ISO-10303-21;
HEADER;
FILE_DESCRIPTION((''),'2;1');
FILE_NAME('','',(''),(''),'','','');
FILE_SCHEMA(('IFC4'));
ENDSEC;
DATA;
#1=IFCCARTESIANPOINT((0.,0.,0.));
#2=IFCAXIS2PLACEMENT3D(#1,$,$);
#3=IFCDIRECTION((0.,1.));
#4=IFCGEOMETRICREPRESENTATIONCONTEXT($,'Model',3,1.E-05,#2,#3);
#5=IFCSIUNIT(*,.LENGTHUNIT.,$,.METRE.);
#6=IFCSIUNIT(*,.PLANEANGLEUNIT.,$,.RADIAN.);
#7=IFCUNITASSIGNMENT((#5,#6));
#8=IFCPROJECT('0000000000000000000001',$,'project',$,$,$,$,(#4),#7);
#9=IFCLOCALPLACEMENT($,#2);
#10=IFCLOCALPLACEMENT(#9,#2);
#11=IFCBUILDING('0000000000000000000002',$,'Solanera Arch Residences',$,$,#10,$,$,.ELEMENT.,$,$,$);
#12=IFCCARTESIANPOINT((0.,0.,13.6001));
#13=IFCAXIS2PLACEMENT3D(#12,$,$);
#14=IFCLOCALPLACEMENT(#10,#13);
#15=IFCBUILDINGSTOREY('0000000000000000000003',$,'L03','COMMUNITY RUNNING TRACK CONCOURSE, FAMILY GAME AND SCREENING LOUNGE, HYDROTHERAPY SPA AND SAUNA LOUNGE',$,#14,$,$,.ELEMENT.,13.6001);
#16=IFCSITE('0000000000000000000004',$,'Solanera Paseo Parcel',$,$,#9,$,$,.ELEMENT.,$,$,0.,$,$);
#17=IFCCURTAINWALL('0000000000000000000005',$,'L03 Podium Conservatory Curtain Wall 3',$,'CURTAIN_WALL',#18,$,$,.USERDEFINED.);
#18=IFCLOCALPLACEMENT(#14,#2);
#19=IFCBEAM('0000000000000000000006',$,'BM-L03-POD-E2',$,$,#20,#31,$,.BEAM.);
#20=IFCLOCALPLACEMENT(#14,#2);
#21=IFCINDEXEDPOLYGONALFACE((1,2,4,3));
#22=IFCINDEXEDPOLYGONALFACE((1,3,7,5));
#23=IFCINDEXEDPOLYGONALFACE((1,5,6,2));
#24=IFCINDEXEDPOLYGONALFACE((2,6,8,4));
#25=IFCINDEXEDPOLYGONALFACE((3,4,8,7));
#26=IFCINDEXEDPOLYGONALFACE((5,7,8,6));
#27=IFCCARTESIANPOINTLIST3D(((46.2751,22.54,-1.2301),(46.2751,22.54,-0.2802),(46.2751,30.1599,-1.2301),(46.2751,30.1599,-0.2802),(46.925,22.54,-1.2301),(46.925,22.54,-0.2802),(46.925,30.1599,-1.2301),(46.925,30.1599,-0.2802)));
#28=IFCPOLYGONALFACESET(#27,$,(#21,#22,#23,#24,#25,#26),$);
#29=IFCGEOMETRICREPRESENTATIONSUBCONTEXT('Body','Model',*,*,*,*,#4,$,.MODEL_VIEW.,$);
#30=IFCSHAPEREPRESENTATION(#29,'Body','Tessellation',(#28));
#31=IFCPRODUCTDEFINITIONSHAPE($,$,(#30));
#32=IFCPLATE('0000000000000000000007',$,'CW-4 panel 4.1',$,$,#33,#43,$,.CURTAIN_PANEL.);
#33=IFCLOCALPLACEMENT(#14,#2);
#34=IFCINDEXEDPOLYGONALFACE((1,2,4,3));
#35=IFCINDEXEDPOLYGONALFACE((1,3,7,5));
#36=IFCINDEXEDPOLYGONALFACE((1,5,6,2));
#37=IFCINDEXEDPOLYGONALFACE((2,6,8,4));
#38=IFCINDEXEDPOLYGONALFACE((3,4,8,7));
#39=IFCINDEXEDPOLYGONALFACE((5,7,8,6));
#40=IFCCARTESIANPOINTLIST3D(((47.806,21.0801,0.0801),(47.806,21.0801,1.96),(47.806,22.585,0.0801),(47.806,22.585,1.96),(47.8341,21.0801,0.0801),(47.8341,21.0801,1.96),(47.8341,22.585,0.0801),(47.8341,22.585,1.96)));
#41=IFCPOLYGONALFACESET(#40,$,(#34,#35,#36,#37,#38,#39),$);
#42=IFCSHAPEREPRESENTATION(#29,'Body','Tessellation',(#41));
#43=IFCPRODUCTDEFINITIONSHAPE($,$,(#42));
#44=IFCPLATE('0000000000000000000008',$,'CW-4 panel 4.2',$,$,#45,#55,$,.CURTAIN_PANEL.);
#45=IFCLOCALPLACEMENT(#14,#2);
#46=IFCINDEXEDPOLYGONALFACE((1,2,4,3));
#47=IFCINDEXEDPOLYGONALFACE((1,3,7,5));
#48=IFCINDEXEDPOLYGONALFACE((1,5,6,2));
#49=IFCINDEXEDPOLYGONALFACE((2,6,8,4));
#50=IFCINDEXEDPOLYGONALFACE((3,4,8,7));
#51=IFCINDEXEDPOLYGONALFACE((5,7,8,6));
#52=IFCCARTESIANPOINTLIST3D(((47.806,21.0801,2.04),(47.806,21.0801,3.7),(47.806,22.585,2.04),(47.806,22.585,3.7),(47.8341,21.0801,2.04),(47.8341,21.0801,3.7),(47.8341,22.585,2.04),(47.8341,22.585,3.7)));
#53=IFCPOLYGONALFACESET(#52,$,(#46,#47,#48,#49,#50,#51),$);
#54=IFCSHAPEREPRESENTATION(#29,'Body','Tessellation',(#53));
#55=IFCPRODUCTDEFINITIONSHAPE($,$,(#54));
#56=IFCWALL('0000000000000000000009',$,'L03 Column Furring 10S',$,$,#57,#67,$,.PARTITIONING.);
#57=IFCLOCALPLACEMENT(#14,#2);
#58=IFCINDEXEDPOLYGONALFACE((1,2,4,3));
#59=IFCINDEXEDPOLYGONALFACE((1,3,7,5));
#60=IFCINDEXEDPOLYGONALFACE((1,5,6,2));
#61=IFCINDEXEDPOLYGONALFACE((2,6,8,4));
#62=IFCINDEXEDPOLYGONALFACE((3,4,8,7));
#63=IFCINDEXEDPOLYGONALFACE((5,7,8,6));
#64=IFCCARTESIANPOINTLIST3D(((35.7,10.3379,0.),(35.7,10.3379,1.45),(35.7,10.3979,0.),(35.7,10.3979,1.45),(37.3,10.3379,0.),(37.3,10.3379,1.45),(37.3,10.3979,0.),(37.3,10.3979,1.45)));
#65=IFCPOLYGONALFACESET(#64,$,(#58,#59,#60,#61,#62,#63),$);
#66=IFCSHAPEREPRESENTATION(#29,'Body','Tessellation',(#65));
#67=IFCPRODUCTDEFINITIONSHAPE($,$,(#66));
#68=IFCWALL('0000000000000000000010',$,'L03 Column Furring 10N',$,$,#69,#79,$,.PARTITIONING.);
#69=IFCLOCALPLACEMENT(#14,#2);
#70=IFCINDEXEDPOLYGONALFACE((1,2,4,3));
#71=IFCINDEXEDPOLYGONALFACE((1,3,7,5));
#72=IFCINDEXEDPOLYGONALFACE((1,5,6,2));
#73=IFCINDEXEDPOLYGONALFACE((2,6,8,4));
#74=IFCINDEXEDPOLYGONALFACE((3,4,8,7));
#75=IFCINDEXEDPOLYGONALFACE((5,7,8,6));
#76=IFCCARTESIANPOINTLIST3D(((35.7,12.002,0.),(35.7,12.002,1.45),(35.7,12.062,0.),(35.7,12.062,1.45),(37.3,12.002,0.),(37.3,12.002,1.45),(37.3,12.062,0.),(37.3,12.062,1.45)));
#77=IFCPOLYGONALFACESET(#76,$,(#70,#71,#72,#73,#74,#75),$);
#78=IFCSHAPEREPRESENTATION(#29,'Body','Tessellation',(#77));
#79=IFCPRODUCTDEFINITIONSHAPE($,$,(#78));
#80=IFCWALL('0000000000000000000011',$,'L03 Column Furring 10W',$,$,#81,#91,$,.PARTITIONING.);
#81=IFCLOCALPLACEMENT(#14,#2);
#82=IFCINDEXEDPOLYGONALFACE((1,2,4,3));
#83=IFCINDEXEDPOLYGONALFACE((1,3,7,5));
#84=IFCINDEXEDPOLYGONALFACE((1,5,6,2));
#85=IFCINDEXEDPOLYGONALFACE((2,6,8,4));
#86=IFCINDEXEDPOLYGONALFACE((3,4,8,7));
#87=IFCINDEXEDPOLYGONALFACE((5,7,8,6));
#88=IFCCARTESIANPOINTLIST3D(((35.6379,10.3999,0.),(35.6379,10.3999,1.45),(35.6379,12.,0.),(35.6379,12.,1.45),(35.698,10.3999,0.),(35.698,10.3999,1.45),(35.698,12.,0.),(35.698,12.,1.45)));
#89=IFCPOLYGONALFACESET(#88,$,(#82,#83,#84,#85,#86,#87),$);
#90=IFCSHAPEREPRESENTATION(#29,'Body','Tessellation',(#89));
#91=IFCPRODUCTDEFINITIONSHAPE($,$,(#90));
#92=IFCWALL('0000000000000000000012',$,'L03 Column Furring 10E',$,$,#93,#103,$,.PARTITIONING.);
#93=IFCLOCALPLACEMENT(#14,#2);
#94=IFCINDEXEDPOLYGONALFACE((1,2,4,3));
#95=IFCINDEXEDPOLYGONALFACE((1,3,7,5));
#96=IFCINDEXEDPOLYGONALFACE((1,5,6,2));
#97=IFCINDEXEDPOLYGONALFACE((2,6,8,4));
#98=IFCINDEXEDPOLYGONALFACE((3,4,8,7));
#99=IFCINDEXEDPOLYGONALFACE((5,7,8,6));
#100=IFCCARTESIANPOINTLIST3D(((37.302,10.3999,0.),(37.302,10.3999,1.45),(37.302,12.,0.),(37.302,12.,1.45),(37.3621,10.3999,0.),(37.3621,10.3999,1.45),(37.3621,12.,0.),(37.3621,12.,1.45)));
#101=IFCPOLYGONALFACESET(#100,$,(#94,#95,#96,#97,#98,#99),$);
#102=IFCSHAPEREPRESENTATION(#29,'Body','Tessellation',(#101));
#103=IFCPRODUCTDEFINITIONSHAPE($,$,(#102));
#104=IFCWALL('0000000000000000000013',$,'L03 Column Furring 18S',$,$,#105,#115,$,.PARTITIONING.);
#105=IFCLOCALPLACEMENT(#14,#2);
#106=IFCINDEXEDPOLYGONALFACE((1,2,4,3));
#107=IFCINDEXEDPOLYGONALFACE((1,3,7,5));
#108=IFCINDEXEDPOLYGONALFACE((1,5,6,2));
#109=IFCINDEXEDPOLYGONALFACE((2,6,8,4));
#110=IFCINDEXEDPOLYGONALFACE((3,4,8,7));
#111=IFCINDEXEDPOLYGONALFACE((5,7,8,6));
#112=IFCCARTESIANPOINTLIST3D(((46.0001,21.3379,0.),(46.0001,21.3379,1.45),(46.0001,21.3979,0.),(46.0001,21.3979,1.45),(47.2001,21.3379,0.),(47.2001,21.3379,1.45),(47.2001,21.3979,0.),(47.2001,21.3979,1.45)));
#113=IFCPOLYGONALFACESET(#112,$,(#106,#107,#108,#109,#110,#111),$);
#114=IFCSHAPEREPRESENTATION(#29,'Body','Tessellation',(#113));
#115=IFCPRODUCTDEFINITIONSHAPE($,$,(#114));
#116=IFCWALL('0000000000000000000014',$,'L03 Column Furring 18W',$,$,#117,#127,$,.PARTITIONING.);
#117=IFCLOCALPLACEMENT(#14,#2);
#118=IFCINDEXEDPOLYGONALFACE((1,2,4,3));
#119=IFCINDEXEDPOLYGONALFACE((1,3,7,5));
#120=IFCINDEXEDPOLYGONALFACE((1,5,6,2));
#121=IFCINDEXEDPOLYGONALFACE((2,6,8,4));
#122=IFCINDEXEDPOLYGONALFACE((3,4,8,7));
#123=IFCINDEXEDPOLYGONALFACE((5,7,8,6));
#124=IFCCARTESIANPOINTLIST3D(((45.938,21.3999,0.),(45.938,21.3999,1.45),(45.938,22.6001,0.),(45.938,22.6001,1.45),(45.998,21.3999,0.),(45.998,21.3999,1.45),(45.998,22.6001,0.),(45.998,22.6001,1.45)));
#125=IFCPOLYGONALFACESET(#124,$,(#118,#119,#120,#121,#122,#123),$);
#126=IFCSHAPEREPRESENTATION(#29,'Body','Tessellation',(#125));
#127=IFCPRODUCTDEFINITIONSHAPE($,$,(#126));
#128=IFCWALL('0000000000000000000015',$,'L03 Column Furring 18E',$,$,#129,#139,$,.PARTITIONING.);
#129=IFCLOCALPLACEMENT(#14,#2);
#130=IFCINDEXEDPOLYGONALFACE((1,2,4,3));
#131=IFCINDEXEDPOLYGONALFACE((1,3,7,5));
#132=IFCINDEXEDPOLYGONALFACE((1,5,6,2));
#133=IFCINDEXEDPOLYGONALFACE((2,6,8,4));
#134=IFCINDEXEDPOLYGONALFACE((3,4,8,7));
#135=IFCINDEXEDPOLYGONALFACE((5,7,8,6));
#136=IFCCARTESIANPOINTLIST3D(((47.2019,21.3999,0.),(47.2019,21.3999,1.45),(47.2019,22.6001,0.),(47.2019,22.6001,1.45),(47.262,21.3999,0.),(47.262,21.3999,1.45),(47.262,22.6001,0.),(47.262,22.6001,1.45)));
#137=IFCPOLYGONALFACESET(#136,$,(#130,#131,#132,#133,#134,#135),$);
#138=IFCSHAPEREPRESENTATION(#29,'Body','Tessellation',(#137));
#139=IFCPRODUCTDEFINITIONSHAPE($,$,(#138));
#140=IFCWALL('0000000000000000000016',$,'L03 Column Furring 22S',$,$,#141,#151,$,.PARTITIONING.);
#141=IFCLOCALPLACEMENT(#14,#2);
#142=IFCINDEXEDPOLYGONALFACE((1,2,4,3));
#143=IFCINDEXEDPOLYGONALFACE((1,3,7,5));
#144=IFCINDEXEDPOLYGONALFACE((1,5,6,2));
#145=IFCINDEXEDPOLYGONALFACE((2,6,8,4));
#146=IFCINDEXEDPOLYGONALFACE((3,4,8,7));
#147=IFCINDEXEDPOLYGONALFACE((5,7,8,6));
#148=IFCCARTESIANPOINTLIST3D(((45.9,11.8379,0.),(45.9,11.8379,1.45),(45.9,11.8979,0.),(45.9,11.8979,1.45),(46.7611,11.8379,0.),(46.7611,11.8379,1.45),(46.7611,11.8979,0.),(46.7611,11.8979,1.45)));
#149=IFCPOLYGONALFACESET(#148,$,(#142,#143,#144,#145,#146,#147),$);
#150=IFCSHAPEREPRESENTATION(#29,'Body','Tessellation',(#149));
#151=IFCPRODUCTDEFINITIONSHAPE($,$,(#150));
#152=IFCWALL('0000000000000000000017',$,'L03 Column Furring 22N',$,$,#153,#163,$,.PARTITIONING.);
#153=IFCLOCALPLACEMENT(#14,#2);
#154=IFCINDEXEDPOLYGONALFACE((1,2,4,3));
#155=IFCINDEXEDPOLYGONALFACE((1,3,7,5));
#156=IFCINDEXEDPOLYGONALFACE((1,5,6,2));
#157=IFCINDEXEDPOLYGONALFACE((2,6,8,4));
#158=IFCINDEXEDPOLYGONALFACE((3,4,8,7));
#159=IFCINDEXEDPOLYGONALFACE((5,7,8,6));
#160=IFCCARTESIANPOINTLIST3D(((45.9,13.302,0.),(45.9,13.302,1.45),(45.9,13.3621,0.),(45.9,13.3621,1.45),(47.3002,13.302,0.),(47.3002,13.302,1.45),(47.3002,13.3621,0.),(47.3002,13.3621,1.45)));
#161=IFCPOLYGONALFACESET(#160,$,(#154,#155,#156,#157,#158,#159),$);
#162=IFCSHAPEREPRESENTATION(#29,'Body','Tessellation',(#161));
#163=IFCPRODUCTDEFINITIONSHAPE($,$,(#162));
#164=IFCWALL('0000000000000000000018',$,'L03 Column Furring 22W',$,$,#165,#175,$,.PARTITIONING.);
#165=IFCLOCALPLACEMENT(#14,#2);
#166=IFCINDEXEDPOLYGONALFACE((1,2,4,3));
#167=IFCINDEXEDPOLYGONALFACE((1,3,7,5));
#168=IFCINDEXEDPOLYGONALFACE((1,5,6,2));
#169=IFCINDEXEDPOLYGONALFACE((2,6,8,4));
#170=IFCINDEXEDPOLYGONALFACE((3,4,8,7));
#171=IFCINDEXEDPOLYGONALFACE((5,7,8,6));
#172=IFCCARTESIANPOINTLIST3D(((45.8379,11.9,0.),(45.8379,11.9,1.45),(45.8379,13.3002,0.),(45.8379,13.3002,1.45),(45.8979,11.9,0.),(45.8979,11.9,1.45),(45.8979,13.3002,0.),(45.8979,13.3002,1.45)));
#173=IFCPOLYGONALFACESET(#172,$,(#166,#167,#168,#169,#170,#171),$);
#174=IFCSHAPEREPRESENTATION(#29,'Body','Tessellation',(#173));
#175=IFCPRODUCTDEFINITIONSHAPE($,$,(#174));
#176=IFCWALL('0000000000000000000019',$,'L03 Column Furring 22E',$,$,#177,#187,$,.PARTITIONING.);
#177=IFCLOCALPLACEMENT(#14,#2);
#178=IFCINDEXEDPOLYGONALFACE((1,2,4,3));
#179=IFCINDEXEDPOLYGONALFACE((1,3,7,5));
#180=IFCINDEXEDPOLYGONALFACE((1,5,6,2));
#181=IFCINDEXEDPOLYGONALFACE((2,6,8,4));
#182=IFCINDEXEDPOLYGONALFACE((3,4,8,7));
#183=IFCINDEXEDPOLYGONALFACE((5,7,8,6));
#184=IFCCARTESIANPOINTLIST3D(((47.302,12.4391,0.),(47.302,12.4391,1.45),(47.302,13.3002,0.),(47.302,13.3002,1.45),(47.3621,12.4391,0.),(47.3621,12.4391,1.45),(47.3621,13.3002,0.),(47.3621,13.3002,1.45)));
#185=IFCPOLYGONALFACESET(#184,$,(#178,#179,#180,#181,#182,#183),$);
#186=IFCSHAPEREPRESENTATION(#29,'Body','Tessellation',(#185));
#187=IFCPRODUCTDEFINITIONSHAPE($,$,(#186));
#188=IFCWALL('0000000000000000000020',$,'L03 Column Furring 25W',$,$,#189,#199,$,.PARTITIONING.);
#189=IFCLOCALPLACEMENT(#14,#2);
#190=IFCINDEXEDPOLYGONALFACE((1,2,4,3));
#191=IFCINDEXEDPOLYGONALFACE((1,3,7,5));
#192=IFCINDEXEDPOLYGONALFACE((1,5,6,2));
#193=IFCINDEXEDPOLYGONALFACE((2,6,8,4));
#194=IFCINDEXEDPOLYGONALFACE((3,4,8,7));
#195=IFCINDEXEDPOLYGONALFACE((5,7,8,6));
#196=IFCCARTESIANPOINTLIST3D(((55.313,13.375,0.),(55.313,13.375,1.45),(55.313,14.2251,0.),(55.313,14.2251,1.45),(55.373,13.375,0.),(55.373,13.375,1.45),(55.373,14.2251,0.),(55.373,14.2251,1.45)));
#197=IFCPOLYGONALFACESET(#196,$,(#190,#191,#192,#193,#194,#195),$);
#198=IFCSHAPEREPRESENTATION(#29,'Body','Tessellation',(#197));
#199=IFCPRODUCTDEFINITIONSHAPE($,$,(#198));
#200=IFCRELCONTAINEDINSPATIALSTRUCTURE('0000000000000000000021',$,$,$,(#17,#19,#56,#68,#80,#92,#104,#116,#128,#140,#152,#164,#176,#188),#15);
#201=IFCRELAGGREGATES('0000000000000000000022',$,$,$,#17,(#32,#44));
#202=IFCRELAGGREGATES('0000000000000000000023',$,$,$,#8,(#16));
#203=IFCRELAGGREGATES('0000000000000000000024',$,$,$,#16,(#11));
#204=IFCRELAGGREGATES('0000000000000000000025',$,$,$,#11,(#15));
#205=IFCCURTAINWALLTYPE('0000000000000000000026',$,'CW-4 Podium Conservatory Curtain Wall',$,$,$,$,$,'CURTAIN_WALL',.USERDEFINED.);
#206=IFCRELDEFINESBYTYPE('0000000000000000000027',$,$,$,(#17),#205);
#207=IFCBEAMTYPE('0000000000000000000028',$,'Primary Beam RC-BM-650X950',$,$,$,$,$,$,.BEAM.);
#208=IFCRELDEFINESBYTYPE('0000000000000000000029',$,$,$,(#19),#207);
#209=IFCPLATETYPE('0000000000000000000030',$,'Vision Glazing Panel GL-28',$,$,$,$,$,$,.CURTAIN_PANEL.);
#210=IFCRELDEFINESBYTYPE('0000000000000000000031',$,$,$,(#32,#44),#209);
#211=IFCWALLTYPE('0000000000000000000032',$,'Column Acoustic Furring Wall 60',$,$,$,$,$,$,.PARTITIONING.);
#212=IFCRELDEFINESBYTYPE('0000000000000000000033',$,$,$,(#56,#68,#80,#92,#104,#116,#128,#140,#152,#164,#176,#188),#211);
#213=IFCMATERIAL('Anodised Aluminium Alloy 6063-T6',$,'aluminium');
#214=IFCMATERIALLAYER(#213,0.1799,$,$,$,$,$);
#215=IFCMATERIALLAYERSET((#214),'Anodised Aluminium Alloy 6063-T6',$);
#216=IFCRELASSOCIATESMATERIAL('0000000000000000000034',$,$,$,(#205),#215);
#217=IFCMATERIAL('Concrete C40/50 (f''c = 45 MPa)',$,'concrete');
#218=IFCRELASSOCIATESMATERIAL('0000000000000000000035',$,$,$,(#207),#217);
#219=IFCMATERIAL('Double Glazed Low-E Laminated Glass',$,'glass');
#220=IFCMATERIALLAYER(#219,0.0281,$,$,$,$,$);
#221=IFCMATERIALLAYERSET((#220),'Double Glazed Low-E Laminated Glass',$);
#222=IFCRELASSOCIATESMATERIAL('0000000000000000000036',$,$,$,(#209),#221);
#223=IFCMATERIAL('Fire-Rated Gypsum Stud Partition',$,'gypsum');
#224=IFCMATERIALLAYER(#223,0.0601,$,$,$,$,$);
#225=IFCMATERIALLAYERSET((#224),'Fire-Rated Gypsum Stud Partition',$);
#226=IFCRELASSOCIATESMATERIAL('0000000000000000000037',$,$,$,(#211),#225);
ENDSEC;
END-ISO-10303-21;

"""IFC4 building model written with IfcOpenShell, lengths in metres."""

from ifc_helpers import new_model, si_unit, direction, frame, frame_2d, origin, origin_2d, place, context, subcontext, project, spatial, rectangle, extrude, material, layer, layer_set, material_profile, profile_set, type_object, element, aggregate, save


model = new_model("IFC4")

# Units and contexts
model_context = context("Model", 3, precision=1e-05, world=origin(), true_north=direction((0.0, 1.0)))
body_context = subcontext(model_context, "Body", "Model", "MODEL_VIEW")
ifc_project = project(units=[si_unit("LENGTHUNIT", "METRE"), si_unit("PLANEANGLEUNIT", "RADIAN")], contexts=[model_context])

# Site, building, storey
site_placement = place(None, origin())
site = spatial("IfcSite", under=ifc_project, at=site_placement, Name="Solanera Paseo Parcel", CompositionType="ELEMENT", RefElevation=0.0)
building_placement = place(site_placement, origin())
building = spatial("IfcBuilding", under=site, at=building_placement, Name="Solanera Arch Residences", CompositionType="ELEMENT")
storey_placement = place(building_placement, frame((0.0, 0.0, 13.6001)))
storey = spatial("IfcBuildingStorey", under=building, at=storey_placement, Name="L03", Description="COMMUNITY RUNNING TRACK CONCOURSE, FAMILY GAME AND SCREENING LOUNGE, HYDROTHERAPY SPA AND SAUNA LOUNGE", CompositionType="ELEMENT", Elevation=13.6001)

# Curtain wall
ifc_material_1 = material(Name="Anodised Aluminium Alloy 6063-T6", Category="aluminium")
ifc_layer_1 = layer(ifc_material_1, 0.1799)
ifc_layer_set_1 = layer_set([ifc_layer_1], Name="Anodised Aluminium Alloy 6063-T6")
curtain_wall_type_1 = type_object("IfcCurtainWallType", Name="CW-4 Podium Conservatory Curtain Wall", ElementType="CURTAIN_WALL", PredefinedType="USERDEFINED", material=ifc_layer_set_1)
curtain_wall_1_placement = place(storey_placement, origin())
curtain_wall_1 = element("IfcCurtainWall", 1, at=curtain_wall_1_placement, inside=storey, type_object=curtain_wall_type_1, Name="L03 Podium Conservatory Curtain Wall 3", ObjectType="CURTAIN_WALL", PredefinedType="USERDEFINED")

# Beam
ifc_material_2 = material(Name="Concrete C40/50 (f'c = 45 MPa)", Category="concrete")
ifc_material_profile_1 = material_profile(ifc_material_2, rectangle(XDim=0.6499, YDim=0.95, at=origin_2d()))
ifc_profile_set_1 = profile_set([ifc_material_profile_1], Name="Concrete C40/50 (f'c = 45 MPa)")
beam_type = type_object("IfcBeamType", Name="Primary Beam RC-BM-650X950", PredefinedType="BEAM", material=ifc_profile_set_1)
beam_1_placement = place(storey_placement, frame((46.6001, 22.54, -0.7551), z_axis=(0.0, 1.0, 0.0), x_axis=(-1.0, 0.0, 0.0)))
element("IfcBeam", 2, at=beam_1_placement, inside=storey, type_object=beam_type, Name="BM-L03-POD-E2", PredefinedType="BEAM", context=body_context, shape_type="SweptSolid", body=[
    extrude(rectangle(XDim=0.6499, YDim=0.95, at=origin_2d()), origin(), (0.0, 0.0, 1.0), 7.6199),
])

# Plates
ifc_material_3 = material(Name="Double Glazed Low-E Laminated Glass", Category="glass")
ifc_layer_2 = layer(ifc_material_3, 0.0281)
ifc_layer_set_2 = layer_set([ifc_layer_2], Name="Double Glazed Low-E Laminated Glass")
plate_type = type_object("IfcPlateType", Name="Vision Glazing Panel GL-28", PredefinedType="CURTAIN_PANEL", material=ifc_layer_set_2)
plate_1_placement = place(storey_placement, frame((47.8201, 21.8325, 0.0801), z_axis=(0.0, 0.0, 1.0), x_axis=(0.0, -1.0, 0.0)))
plate_1 = element("IfcPlate", 3, at=plate_1_placement, type_object=plate_type, Name="CW-4 panel 4.1", PredefinedType="CURTAIN_PANEL", context=body_context, shape_type="SweptSolid", body=[
    extrude(rectangle(XDim=1.5049, YDim=0.0281, at=origin_2d()), origin(), (0.0, 0.0, 1.0), 1.8799),
])
plate_2_placement = place(storey_placement, frame((47.8201, 21.8325, 2.04), z_axis=(0.0, 0.0, 1.0), x_axis=(0.0, -1.0, 0.0)))
plate_2 = element("IfcPlate", 4, at=plate_2_placement, type_object=plate_type, Name="CW-4 panel 4.2", PredefinedType="CURTAIN_PANEL", context=body_context, shape_type="SweptSolid", body=[
    extrude(rectangle(XDim=1.5049, YDim=0.0281, at=origin_2d()), origin(), (0.0, 0.0, 1.0), 1.6599),
])
aggregate(curtain_wall_1, [plate_1, plate_2])

# Walls
ifc_material_4 = material(Name="Fire-Rated Gypsum Stud Partition", Category="gypsum")
ifc_layer_3 = layer(ifc_material_4, 0.0601)
ifc_layer_set_3 = layer_set([ifc_layer_3], Name="Fire-Rated Gypsum Stud Partition")
wall_type_1 = type_object("IfcWallType", Name="Column Acoustic Furring Wall 60", PredefinedType="PARTITIONING", material=ifc_layer_set_3)
for number, where, z_axis, x_axis, name in (
    (5, (35.7, 10.3679, 0.0), (0.0, 0.0, 1.0), (1.0, 0.0, 0.0), "L03 Column Furring 10S"),
    (6, (35.7, 12.032, 0.0), (0.0, 0.0, 1.0), (1.0, 0.0, 0.0), "L03 Column Furring 10N"),
    (7, (35.668, 10.3999, 0.0), (0.0, 0.0, 1.0), (0.0, 1.0, 0.0), "L03 Column Furring 10W"),
    (8, (37.332, 10.3999, 0.0), (0.0, 0.0, 1.0), (0.0, 1.0, 0.0), "L03 Column Furring 10E"),
):
    element("IfcWall", number, at=place(storey_placement, frame(where, z_axis=z_axis, x_axis=x_axis)), inside=storey, type_object=wall_type_1, Name=name, PredefinedType="PARTITIONING", context=body_context, shape_type="SweptSolid", body=[
        extrude(rectangle(XDim=1.6001, YDim=0.0601, at=frame_2d((0.8, 0.0))), origin(), (0.0, 0.0, 1.0), 1.45),
    ])
wall_1_placement = place(storey_placement, frame((46.0, 21.3679, 0.0), z_axis=(0.0, 0.0, 1.0), x_axis=(1.0, 0.0, 0.0)))
element("IfcWall", 9, at=wall_1_placement, inside=storey, type_object=wall_type_1, Name="L03 Column Furring 18S", PredefinedType="PARTITIONING", context=body_context, shape_type="SweptSolid", body=[
    extrude(rectangle(XDim=1.2, YDim=0.0601, at=frame_2d((0.6001, 0.0))), origin(), (0.0, 0.0, 1.0), 1.45),
])
for number, where, z_axis, x_axis, name in (
    (10, (45.968, 21.3999, 0.0), (0.0, 0.0, 1.0), (0.0, 1.0, 0.0), "L03 Column Furring 18W"),
    (11, (47.2319, 21.3999, 0.0), (0.0, 0.0, 1.0), (0.0, 1.0, 0.0), "L03 Column Furring 18E"),
):
    element("IfcWall", number, at=place(storey_placement, frame(where, z_axis=z_axis, x_axis=x_axis)), inside=storey, type_object=wall_type_1, Name=name, PredefinedType="PARTITIONING", context=body_context, shape_type="SweptSolid", body=[
        extrude(rectangle(XDim=1.2002, YDim=0.0601, at=frame_2d((0.6001, 0.0))), origin(), (0.0, 0.0, 1.0), 1.45),
    ])
wall_2_placement = place(storey_placement, frame((45.8999, 11.8679, 0.0), z_axis=(0.0, 0.0, 1.0), x_axis=(1.0, 0.0, 0.0)))
element("IfcWall", 12, at=wall_2_placement, inside=storey, type_object=wall_type_1, Name="L03 Column Furring 22S", PredefinedType="PARTITIONING", context=body_context, shape_type="SweptSolid", body=[
    extrude(rectangle(XDim=0.8611, YDim=0.0601, at=frame_2d((0.4307, 0.0))), origin(), (0.0, 0.0, 1.0), 1.45),
])
for number, where, z_axis, x_axis, name in (
    (13, (45.8999, 13.332, 0.0), (0.0, 0.0, 1.0), (1.0, 0.0, 0.0), "L03 Column Furring 22N"),
    (14, (45.8679, 11.8999, 0.0), (0.0, 0.0, 1.0), (0.0, 1.0, 0.0), "L03 Column Furring 22W"),
):
    element("IfcWall", number, at=place(storey_placement, frame(where, z_axis=z_axis, x_axis=x_axis)), inside=storey, type_object=wall_type_1, Name=name, PredefinedType="PARTITIONING", context=body_context, shape_type="SweptSolid", body=[
        extrude(rectangle(XDim=1.4001, YDim=0.0601, at=frame_2d((0.7002, 0.0))), origin(), (0.0, 0.0, 1.0), 1.45),
    ])
wall_3_placement = place(storey_placement, frame((47.332, 12.439, 0.0), z_axis=(0.0, 0.0, 1.0), x_axis=(0.0, 1.0, 0.0)))
element("IfcWall", 15, at=wall_3_placement, inside=storey, type_object=wall_type_1, Name="L03 Column Furring 22E", PredefinedType="PARTITIONING", context=body_context, shape_type="SweptSolid", body=[
    extrude(rectangle(XDim=0.8611, YDim=0.0601, at=frame_2d((0.4307, 0.0))), origin(), (0.0, 0.0, 1.0), 1.45),
])
wall_4_placement = place(storey_placement, frame((55.343, 13.375, 0.0), z_axis=(0.0, 0.0, 1.0), x_axis=(0.0, 1.0, 0.0)))
element("IfcWall", 16, at=wall_4_placement, inside=storey, type_object=wall_type_1, Name="L03 Column Furring 25W", PredefinedType="PARTITIONING", context=body_context, shape_type="SweptSolid", body=[
    extrude(rectangle(XDim=0.8501, YDim=0.0601, at=frame_2d((0.425, 0.0))), origin(), (0.0, 0.0, 1.0), 1.45),
])

save(model, "model.ifc")
